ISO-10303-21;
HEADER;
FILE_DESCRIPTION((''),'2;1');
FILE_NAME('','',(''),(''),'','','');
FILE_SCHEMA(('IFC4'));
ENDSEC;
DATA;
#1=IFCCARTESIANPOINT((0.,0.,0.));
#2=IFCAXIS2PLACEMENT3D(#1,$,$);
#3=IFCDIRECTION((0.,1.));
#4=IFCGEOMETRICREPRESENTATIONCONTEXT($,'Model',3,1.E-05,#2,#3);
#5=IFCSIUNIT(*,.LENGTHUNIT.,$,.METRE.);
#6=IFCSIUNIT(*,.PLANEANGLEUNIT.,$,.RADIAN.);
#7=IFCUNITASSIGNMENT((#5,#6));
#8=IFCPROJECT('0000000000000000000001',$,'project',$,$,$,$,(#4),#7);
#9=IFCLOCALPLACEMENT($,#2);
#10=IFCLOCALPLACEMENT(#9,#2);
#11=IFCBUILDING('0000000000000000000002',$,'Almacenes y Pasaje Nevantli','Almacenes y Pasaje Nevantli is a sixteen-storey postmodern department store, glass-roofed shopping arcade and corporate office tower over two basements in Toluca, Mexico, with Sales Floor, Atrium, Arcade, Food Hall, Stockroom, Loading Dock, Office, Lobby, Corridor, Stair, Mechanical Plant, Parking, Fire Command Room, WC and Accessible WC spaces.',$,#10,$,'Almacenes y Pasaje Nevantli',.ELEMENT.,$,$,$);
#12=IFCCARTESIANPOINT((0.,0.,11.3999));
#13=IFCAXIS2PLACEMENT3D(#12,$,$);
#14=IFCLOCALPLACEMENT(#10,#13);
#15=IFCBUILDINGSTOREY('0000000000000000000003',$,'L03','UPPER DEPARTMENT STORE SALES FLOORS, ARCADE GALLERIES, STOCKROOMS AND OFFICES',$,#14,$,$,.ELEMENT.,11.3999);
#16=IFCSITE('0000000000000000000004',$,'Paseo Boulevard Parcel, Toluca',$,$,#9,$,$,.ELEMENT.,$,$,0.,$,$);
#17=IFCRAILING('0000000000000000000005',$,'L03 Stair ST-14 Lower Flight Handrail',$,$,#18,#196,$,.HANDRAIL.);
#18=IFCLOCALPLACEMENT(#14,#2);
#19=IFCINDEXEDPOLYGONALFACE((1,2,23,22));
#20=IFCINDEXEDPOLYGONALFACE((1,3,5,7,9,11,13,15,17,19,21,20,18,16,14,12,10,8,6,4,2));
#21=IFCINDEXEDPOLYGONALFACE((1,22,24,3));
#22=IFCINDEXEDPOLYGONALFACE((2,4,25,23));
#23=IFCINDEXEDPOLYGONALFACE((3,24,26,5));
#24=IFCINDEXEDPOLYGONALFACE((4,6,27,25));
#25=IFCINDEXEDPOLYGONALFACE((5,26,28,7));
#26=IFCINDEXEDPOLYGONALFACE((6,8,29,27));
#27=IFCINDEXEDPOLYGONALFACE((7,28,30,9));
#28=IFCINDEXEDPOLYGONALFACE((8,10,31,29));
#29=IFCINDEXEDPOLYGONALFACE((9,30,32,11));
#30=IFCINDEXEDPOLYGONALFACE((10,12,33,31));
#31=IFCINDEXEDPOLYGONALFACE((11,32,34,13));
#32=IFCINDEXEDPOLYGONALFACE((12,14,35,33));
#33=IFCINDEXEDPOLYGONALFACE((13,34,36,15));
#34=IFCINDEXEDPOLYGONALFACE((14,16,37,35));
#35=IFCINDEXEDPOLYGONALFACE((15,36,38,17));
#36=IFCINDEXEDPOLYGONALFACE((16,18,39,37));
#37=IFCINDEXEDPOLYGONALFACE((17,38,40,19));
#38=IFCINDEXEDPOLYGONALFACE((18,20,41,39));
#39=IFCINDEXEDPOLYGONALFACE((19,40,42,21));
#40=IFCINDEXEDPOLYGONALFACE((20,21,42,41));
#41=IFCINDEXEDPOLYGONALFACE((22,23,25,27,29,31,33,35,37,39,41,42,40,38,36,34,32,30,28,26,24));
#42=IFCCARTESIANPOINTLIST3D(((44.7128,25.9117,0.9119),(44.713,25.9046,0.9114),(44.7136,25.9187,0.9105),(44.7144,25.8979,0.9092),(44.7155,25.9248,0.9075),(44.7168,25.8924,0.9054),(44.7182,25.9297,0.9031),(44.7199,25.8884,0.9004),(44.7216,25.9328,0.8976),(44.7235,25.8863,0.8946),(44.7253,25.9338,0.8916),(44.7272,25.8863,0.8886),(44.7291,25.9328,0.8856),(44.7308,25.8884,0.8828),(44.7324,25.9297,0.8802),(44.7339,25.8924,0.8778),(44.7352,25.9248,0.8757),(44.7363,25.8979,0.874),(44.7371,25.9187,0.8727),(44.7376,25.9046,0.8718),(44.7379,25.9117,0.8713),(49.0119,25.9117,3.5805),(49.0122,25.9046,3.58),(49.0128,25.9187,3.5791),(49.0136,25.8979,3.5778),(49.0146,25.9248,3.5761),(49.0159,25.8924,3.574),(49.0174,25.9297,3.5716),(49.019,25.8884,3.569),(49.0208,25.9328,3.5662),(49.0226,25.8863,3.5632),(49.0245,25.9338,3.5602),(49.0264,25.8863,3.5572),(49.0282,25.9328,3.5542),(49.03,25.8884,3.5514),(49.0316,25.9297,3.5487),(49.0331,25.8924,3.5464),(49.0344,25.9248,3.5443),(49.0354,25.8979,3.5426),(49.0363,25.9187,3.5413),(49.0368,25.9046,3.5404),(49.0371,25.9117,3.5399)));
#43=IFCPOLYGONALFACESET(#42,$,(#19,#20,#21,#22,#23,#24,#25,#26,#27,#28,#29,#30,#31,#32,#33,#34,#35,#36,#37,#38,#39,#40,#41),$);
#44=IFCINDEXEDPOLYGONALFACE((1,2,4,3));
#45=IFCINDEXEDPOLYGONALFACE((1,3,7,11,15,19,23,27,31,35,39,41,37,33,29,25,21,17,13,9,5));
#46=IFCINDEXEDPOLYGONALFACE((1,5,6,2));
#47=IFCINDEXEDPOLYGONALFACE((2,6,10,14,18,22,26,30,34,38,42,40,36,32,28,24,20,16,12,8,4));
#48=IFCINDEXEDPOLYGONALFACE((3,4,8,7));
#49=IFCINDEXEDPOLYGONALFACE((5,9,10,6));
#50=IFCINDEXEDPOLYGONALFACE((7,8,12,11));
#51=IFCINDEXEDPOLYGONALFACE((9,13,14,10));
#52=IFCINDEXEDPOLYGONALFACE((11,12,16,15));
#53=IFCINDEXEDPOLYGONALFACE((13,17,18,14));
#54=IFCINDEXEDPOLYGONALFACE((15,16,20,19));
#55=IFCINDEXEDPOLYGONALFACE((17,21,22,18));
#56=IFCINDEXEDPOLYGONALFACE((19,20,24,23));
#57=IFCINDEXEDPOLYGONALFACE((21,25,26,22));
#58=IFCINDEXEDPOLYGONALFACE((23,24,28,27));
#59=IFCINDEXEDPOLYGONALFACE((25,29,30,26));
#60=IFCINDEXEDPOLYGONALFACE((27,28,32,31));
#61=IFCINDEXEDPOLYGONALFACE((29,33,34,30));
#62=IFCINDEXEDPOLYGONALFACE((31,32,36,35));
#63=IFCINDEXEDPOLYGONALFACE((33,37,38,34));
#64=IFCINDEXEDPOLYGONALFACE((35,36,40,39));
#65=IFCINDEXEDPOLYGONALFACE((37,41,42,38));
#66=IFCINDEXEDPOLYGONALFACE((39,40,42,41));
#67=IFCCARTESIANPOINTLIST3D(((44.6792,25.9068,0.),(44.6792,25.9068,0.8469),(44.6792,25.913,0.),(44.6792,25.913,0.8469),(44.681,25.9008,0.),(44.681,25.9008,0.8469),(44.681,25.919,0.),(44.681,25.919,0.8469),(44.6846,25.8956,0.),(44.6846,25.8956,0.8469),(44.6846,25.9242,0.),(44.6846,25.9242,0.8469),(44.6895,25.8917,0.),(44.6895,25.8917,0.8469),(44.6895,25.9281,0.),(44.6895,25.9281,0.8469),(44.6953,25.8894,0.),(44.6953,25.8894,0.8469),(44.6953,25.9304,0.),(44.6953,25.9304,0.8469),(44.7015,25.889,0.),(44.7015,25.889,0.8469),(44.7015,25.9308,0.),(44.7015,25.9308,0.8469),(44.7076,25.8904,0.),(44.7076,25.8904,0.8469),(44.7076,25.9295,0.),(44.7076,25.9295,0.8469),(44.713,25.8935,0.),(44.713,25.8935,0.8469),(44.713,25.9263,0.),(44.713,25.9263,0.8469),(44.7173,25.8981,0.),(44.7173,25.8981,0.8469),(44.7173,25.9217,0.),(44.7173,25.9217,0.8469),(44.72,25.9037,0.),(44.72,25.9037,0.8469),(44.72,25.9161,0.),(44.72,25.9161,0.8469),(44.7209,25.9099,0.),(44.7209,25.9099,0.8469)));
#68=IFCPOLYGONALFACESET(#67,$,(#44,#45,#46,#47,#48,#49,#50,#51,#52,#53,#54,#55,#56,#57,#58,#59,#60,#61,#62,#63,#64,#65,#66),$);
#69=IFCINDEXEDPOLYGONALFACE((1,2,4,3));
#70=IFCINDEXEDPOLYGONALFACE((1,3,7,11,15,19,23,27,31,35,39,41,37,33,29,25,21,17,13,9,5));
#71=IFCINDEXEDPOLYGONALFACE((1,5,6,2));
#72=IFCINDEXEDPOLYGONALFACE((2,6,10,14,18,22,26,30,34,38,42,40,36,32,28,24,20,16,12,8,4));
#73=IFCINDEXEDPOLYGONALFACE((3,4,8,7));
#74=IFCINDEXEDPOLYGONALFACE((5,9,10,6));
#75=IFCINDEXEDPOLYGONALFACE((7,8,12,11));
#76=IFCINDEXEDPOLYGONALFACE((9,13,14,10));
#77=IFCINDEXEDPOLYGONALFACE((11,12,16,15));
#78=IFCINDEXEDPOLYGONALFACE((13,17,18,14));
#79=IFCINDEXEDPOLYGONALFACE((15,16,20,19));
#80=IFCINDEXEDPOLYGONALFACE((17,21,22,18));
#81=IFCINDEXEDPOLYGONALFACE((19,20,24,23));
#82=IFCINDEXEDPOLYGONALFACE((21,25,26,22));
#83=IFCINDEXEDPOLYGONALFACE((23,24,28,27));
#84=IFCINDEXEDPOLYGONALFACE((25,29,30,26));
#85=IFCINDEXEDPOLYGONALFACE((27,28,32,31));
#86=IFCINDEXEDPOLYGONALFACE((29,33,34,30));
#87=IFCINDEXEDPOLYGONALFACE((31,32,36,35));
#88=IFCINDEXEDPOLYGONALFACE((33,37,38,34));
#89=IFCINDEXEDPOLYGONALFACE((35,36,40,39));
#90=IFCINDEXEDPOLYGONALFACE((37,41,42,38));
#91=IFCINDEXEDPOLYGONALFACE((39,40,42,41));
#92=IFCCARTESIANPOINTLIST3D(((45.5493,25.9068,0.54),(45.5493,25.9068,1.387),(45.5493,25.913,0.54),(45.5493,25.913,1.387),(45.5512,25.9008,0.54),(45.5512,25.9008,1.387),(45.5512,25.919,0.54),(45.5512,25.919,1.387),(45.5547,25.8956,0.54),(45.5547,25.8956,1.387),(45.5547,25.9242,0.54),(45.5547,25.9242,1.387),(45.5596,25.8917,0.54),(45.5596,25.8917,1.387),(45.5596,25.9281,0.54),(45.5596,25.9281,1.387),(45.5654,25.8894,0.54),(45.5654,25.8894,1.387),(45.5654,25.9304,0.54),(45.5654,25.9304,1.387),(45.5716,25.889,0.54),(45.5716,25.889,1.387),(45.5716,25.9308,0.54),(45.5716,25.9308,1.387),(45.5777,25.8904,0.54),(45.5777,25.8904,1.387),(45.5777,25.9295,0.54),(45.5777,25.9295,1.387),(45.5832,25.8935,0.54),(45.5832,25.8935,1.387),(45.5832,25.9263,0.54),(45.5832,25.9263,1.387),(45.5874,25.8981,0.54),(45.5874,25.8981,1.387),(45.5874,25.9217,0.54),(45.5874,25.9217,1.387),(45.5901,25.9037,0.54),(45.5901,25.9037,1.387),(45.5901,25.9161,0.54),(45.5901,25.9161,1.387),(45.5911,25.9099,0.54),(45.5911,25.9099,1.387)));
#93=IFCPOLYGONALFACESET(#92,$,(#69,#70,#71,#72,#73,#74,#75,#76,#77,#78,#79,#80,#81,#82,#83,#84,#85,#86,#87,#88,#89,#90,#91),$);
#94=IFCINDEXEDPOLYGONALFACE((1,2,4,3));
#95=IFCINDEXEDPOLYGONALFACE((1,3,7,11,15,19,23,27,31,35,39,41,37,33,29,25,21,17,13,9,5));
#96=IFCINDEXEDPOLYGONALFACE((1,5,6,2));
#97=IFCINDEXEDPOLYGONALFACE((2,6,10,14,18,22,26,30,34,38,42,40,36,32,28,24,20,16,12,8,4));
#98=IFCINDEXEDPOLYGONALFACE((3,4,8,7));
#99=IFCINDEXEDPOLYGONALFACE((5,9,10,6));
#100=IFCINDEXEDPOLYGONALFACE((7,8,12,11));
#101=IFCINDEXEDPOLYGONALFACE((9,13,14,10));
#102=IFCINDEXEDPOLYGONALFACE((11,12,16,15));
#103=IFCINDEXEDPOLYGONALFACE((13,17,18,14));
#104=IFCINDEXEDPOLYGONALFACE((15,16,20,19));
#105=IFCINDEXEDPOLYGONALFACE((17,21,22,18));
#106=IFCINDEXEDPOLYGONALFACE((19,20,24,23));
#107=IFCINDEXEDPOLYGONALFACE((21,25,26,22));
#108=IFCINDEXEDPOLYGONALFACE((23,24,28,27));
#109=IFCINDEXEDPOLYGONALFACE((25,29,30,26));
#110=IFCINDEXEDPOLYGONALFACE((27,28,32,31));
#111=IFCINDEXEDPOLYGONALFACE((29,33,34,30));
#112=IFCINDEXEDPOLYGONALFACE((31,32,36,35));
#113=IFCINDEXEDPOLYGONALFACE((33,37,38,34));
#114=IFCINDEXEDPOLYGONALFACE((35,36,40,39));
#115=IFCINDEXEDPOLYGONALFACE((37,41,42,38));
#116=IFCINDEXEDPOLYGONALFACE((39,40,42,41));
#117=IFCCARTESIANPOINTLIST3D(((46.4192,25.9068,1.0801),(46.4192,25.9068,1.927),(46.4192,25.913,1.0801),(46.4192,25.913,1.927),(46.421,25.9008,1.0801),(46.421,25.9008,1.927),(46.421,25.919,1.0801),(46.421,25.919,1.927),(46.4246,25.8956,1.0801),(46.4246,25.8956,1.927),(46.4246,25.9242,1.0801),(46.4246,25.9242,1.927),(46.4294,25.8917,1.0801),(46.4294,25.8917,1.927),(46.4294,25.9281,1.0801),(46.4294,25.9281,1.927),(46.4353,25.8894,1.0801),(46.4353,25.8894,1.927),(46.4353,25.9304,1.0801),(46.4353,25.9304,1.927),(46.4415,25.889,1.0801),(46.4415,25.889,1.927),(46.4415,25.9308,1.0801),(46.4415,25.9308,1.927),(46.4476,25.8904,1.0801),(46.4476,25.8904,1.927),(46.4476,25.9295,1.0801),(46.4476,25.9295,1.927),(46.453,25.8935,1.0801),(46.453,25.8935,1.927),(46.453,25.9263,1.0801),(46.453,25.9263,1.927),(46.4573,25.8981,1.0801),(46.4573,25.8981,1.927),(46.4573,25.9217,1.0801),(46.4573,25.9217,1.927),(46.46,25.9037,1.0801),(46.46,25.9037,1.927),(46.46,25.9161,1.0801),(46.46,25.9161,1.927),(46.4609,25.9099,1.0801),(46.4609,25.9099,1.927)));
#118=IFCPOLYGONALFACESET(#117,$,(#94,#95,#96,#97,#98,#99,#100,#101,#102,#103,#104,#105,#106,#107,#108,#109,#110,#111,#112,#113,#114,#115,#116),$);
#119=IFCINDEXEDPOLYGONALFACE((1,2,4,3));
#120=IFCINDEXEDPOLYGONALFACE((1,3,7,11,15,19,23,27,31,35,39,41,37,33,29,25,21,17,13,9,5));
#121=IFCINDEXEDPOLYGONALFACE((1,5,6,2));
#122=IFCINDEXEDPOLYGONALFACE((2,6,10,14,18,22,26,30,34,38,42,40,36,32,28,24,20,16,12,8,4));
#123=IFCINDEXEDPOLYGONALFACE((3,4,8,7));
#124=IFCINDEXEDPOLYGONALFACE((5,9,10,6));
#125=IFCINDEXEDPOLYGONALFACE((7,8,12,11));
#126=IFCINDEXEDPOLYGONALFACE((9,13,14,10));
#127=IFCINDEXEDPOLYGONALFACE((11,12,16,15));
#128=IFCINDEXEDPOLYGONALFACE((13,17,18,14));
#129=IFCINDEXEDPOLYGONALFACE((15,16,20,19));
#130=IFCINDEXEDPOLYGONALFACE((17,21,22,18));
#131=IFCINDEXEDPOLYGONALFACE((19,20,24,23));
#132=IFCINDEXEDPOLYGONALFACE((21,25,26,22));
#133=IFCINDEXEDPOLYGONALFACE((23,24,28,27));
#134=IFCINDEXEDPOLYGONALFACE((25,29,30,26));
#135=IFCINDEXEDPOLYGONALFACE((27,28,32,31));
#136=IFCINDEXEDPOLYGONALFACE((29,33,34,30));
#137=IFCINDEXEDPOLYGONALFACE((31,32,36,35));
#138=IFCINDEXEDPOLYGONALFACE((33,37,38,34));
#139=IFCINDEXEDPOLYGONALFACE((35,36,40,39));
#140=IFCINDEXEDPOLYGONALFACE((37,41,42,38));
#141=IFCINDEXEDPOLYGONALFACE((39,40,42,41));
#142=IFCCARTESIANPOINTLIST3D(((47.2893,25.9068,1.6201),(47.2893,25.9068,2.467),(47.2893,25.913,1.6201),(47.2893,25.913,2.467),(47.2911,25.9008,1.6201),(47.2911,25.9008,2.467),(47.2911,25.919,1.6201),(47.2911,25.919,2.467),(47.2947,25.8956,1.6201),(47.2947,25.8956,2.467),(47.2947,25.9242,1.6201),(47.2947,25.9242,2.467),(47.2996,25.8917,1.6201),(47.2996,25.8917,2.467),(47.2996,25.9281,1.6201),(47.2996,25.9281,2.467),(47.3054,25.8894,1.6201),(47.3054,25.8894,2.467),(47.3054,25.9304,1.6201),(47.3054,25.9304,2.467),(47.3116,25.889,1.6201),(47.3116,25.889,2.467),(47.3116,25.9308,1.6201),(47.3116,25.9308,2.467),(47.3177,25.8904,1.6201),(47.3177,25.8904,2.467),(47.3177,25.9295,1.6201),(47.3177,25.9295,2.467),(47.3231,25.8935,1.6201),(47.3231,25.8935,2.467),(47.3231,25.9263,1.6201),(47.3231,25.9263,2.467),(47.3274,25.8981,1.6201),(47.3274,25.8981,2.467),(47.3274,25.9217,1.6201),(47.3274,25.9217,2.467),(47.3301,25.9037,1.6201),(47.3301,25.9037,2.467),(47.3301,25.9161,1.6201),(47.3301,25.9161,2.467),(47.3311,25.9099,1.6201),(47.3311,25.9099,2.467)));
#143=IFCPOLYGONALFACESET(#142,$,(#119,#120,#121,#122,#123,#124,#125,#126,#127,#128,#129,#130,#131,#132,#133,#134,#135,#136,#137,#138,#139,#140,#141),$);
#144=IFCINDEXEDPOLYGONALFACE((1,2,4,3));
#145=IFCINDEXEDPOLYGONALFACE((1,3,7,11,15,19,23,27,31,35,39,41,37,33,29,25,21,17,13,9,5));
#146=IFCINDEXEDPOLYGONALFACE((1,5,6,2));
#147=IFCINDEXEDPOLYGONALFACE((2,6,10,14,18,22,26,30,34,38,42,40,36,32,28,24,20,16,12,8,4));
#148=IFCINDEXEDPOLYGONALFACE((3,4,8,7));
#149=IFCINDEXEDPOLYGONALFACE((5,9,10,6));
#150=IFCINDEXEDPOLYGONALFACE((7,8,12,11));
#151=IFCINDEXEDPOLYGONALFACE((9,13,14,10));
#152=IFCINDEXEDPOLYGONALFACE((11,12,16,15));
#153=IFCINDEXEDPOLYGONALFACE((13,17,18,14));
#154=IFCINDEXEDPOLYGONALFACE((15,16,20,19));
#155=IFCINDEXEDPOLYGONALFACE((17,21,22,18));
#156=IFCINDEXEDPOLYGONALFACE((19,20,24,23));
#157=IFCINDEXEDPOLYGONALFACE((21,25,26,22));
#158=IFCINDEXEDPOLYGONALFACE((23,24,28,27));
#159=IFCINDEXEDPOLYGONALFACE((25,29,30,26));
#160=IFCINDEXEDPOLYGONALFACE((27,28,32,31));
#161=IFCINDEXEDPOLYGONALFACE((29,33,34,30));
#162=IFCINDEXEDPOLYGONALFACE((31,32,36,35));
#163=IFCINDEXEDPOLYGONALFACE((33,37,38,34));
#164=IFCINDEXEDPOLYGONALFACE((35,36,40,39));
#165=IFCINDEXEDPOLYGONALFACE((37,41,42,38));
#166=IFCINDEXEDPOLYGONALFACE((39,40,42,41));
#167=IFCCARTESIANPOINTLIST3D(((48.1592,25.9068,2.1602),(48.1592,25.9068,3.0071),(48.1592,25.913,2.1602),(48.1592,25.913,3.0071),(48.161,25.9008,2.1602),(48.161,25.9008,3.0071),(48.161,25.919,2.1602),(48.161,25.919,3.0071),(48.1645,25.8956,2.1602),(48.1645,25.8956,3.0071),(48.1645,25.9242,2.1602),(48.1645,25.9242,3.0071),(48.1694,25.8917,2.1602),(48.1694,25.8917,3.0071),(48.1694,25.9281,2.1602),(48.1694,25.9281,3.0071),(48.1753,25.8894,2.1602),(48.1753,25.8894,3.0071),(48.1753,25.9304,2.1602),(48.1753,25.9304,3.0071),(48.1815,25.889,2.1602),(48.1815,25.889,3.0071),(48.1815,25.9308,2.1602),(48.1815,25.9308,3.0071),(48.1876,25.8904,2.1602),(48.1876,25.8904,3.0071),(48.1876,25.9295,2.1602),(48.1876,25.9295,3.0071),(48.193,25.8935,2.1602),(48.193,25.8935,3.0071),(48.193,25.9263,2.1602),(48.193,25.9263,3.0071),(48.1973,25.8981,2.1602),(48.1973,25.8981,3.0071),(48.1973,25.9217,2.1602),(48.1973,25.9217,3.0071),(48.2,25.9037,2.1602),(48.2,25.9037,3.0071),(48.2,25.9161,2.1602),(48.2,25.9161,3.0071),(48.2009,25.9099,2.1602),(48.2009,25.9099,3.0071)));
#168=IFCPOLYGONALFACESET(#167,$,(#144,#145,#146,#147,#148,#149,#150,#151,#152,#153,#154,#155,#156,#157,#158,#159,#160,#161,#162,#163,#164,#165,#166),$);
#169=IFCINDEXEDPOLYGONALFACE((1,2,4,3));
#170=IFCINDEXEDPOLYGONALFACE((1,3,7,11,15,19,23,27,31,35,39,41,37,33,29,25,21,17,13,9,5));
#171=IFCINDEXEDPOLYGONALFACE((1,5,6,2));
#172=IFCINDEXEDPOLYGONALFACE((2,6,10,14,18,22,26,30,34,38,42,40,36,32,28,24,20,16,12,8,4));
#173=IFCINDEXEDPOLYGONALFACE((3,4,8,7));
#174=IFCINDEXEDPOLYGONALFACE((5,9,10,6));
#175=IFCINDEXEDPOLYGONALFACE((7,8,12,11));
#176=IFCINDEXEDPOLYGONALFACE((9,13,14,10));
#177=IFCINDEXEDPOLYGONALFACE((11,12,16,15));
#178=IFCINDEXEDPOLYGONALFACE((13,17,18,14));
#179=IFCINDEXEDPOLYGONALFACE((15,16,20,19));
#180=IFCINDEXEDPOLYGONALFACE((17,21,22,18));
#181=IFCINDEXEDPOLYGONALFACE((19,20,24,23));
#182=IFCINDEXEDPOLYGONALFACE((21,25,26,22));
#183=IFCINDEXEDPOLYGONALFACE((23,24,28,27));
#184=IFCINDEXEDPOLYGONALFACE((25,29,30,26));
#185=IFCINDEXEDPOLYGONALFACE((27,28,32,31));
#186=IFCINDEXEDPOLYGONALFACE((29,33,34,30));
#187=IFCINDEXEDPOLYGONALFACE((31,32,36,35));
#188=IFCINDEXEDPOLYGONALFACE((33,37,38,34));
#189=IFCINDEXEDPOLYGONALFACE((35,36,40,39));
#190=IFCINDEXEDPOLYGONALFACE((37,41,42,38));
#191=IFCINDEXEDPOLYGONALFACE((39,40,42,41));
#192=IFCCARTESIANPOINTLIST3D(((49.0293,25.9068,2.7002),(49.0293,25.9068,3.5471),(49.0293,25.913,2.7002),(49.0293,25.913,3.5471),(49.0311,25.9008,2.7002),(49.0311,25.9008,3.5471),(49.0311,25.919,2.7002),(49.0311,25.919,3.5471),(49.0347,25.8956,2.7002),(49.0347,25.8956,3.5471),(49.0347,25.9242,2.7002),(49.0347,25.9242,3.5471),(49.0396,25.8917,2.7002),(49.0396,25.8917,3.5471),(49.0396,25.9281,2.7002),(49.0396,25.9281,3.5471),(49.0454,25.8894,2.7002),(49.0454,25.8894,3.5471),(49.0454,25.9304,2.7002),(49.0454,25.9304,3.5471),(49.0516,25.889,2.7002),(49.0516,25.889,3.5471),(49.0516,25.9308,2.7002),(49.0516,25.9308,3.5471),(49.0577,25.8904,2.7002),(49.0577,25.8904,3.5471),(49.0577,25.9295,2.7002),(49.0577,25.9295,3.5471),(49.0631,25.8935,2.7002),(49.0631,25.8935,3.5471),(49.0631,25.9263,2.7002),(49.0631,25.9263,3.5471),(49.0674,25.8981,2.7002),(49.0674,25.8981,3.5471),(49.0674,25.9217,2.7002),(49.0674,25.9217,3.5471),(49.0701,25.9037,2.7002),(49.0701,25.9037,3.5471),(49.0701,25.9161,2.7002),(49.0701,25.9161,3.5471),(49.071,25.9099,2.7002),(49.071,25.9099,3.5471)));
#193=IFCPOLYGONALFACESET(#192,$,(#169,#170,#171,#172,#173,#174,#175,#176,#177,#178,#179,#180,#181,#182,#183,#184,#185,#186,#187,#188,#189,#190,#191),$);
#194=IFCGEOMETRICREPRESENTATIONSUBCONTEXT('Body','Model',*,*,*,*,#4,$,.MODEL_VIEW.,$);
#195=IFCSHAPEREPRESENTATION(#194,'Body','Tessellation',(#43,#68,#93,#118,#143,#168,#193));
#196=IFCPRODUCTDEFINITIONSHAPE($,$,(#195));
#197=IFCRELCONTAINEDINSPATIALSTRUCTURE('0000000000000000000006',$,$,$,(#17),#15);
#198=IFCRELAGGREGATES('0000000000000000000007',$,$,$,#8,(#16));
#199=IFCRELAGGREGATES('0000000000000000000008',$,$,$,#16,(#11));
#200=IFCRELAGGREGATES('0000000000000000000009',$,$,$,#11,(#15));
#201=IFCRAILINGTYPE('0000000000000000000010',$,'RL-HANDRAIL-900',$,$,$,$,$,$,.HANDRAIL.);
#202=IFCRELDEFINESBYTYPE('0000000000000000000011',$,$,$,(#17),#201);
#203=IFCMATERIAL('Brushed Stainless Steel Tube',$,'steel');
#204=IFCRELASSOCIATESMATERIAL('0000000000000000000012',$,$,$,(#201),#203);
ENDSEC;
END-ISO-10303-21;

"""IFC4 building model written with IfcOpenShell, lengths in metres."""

from ifc_helpers import new_model, si_unit, direction, frame, origin, origin_2d, place, context, subcontext, project, spatial, circle, extrude, material, type_object, element, save


model = new_model("IFC4")

# Units and contexts
model_context = context("Model", 3, precision=1e-05, world=origin(), true_north=direction((0.0, 1.0)))
body_context = subcontext(model_context, "Body", "Model", "MODEL_VIEW")
ifc_project = project(units=[si_unit("LENGTHUNIT", "METRE"), si_unit("PLANEANGLEUNIT", "RADIAN")], contexts=[model_context])

# Site, building, storey
site_placement = place(None, origin())
site = spatial("IfcSite", under=ifc_project, at=site_placement, Name="Paseo Boulevard Parcel, Toluca", CompositionType="ELEMENT", RefElevation=0.0)
building_placement = place(site_placement, origin())
building = spatial("IfcBuilding", under=site, at=building_placement, Name="Almacenes y Pasaje Nevantli", Description="Almacenes y Pasaje Nevantli is a sixteen-storey postmodern department store, glass-roofed shopping arcade and corporate office tower over two basements in Toluca, Mexico, with Sales Floor, Atrium, Arcade, Food Hall, Stockroom, Loading Dock, Office, Lobby, Corridor, Stair, Mechanical Plant, Parking, Fire Command Room, WC and Accessible WC spaces.", LongName="Almacenes y Pasaje Nevantli", CompositionType="ELEMENT")
storey_placement = place(building_placement, frame((0.0, 0.0, 11.3999)))
storey = spatial("IfcBuildingStorey", under=building, at=storey_placement, Name="L03", Description="UPPER DEPARTMENT STORE SALES FLOORS, ARCADE GALLERIES, STOCKROOMS AND OFFICES", CompositionType="ELEMENT", Elevation=11.3999)

# Railing
ifc_material_1 = material(Name="Brushed Stainless Steel Tube", Category="steel")
railing_type_1 = type_object("IfcRailingType", Name="RL-HANDRAIL-900", PredefinedType="HANDRAIL", material=ifc_material_1)
railing_1_placement = place(storey_placement, frame((44.7, 25.9099, 0.0)))
element("IfcRailing", 1, at=railing_1_placement, inside=storey, type_object=railing_type_1, Name="L03 Stair ST-14 Lower Flight Handrail", PredefinedType="HANDRAIL", context=body_context, shape_type="SweptSolid", body=[
    extrude(circle(Radius=0.0239, at=origin_2d()), frame((0.0254, 0.0, 0.8916), z_axis=(0.849628, 0.0, 0.527382), x_axis=(0.0, 1.0, 0.0)), (0.0, 0.0, 1.0), 5.0601),
    extrude(circle(Radius=0.021, at=origin_2d()), origin(), (0.0, 0.0, 1.0), 0.8469),
    extrude(circle(Radius=0.021, at=origin_2d()), frame((0.8701, 0.0, 0.54)), (0.0, 0.0, 1.0), 0.8469),
    extrude(circle(Radius=0.021, at=origin_2d()), frame((1.74, 0.0, 1.0801)), (0.0, 0.0, 1.0), 0.8469),
    extrude(circle(Radius=0.021, at=origin_2d()), frame((2.6101, 0.0, 1.6201)), (0.0, 0.0, 1.0), 0.8469),
    extrude(circle(Radius=0.021, at=origin_2d()), frame((3.48, 0.0, 2.1602)), (0.0, 0.0, 1.0), 0.8469),
    extrude(circle(Radius=0.021, at=origin_2d()), frame((4.3501, 0.0, 2.7002)), (0.0, 0.0, 1.0), 0.8469),
])

save(model, "model.ifc")
